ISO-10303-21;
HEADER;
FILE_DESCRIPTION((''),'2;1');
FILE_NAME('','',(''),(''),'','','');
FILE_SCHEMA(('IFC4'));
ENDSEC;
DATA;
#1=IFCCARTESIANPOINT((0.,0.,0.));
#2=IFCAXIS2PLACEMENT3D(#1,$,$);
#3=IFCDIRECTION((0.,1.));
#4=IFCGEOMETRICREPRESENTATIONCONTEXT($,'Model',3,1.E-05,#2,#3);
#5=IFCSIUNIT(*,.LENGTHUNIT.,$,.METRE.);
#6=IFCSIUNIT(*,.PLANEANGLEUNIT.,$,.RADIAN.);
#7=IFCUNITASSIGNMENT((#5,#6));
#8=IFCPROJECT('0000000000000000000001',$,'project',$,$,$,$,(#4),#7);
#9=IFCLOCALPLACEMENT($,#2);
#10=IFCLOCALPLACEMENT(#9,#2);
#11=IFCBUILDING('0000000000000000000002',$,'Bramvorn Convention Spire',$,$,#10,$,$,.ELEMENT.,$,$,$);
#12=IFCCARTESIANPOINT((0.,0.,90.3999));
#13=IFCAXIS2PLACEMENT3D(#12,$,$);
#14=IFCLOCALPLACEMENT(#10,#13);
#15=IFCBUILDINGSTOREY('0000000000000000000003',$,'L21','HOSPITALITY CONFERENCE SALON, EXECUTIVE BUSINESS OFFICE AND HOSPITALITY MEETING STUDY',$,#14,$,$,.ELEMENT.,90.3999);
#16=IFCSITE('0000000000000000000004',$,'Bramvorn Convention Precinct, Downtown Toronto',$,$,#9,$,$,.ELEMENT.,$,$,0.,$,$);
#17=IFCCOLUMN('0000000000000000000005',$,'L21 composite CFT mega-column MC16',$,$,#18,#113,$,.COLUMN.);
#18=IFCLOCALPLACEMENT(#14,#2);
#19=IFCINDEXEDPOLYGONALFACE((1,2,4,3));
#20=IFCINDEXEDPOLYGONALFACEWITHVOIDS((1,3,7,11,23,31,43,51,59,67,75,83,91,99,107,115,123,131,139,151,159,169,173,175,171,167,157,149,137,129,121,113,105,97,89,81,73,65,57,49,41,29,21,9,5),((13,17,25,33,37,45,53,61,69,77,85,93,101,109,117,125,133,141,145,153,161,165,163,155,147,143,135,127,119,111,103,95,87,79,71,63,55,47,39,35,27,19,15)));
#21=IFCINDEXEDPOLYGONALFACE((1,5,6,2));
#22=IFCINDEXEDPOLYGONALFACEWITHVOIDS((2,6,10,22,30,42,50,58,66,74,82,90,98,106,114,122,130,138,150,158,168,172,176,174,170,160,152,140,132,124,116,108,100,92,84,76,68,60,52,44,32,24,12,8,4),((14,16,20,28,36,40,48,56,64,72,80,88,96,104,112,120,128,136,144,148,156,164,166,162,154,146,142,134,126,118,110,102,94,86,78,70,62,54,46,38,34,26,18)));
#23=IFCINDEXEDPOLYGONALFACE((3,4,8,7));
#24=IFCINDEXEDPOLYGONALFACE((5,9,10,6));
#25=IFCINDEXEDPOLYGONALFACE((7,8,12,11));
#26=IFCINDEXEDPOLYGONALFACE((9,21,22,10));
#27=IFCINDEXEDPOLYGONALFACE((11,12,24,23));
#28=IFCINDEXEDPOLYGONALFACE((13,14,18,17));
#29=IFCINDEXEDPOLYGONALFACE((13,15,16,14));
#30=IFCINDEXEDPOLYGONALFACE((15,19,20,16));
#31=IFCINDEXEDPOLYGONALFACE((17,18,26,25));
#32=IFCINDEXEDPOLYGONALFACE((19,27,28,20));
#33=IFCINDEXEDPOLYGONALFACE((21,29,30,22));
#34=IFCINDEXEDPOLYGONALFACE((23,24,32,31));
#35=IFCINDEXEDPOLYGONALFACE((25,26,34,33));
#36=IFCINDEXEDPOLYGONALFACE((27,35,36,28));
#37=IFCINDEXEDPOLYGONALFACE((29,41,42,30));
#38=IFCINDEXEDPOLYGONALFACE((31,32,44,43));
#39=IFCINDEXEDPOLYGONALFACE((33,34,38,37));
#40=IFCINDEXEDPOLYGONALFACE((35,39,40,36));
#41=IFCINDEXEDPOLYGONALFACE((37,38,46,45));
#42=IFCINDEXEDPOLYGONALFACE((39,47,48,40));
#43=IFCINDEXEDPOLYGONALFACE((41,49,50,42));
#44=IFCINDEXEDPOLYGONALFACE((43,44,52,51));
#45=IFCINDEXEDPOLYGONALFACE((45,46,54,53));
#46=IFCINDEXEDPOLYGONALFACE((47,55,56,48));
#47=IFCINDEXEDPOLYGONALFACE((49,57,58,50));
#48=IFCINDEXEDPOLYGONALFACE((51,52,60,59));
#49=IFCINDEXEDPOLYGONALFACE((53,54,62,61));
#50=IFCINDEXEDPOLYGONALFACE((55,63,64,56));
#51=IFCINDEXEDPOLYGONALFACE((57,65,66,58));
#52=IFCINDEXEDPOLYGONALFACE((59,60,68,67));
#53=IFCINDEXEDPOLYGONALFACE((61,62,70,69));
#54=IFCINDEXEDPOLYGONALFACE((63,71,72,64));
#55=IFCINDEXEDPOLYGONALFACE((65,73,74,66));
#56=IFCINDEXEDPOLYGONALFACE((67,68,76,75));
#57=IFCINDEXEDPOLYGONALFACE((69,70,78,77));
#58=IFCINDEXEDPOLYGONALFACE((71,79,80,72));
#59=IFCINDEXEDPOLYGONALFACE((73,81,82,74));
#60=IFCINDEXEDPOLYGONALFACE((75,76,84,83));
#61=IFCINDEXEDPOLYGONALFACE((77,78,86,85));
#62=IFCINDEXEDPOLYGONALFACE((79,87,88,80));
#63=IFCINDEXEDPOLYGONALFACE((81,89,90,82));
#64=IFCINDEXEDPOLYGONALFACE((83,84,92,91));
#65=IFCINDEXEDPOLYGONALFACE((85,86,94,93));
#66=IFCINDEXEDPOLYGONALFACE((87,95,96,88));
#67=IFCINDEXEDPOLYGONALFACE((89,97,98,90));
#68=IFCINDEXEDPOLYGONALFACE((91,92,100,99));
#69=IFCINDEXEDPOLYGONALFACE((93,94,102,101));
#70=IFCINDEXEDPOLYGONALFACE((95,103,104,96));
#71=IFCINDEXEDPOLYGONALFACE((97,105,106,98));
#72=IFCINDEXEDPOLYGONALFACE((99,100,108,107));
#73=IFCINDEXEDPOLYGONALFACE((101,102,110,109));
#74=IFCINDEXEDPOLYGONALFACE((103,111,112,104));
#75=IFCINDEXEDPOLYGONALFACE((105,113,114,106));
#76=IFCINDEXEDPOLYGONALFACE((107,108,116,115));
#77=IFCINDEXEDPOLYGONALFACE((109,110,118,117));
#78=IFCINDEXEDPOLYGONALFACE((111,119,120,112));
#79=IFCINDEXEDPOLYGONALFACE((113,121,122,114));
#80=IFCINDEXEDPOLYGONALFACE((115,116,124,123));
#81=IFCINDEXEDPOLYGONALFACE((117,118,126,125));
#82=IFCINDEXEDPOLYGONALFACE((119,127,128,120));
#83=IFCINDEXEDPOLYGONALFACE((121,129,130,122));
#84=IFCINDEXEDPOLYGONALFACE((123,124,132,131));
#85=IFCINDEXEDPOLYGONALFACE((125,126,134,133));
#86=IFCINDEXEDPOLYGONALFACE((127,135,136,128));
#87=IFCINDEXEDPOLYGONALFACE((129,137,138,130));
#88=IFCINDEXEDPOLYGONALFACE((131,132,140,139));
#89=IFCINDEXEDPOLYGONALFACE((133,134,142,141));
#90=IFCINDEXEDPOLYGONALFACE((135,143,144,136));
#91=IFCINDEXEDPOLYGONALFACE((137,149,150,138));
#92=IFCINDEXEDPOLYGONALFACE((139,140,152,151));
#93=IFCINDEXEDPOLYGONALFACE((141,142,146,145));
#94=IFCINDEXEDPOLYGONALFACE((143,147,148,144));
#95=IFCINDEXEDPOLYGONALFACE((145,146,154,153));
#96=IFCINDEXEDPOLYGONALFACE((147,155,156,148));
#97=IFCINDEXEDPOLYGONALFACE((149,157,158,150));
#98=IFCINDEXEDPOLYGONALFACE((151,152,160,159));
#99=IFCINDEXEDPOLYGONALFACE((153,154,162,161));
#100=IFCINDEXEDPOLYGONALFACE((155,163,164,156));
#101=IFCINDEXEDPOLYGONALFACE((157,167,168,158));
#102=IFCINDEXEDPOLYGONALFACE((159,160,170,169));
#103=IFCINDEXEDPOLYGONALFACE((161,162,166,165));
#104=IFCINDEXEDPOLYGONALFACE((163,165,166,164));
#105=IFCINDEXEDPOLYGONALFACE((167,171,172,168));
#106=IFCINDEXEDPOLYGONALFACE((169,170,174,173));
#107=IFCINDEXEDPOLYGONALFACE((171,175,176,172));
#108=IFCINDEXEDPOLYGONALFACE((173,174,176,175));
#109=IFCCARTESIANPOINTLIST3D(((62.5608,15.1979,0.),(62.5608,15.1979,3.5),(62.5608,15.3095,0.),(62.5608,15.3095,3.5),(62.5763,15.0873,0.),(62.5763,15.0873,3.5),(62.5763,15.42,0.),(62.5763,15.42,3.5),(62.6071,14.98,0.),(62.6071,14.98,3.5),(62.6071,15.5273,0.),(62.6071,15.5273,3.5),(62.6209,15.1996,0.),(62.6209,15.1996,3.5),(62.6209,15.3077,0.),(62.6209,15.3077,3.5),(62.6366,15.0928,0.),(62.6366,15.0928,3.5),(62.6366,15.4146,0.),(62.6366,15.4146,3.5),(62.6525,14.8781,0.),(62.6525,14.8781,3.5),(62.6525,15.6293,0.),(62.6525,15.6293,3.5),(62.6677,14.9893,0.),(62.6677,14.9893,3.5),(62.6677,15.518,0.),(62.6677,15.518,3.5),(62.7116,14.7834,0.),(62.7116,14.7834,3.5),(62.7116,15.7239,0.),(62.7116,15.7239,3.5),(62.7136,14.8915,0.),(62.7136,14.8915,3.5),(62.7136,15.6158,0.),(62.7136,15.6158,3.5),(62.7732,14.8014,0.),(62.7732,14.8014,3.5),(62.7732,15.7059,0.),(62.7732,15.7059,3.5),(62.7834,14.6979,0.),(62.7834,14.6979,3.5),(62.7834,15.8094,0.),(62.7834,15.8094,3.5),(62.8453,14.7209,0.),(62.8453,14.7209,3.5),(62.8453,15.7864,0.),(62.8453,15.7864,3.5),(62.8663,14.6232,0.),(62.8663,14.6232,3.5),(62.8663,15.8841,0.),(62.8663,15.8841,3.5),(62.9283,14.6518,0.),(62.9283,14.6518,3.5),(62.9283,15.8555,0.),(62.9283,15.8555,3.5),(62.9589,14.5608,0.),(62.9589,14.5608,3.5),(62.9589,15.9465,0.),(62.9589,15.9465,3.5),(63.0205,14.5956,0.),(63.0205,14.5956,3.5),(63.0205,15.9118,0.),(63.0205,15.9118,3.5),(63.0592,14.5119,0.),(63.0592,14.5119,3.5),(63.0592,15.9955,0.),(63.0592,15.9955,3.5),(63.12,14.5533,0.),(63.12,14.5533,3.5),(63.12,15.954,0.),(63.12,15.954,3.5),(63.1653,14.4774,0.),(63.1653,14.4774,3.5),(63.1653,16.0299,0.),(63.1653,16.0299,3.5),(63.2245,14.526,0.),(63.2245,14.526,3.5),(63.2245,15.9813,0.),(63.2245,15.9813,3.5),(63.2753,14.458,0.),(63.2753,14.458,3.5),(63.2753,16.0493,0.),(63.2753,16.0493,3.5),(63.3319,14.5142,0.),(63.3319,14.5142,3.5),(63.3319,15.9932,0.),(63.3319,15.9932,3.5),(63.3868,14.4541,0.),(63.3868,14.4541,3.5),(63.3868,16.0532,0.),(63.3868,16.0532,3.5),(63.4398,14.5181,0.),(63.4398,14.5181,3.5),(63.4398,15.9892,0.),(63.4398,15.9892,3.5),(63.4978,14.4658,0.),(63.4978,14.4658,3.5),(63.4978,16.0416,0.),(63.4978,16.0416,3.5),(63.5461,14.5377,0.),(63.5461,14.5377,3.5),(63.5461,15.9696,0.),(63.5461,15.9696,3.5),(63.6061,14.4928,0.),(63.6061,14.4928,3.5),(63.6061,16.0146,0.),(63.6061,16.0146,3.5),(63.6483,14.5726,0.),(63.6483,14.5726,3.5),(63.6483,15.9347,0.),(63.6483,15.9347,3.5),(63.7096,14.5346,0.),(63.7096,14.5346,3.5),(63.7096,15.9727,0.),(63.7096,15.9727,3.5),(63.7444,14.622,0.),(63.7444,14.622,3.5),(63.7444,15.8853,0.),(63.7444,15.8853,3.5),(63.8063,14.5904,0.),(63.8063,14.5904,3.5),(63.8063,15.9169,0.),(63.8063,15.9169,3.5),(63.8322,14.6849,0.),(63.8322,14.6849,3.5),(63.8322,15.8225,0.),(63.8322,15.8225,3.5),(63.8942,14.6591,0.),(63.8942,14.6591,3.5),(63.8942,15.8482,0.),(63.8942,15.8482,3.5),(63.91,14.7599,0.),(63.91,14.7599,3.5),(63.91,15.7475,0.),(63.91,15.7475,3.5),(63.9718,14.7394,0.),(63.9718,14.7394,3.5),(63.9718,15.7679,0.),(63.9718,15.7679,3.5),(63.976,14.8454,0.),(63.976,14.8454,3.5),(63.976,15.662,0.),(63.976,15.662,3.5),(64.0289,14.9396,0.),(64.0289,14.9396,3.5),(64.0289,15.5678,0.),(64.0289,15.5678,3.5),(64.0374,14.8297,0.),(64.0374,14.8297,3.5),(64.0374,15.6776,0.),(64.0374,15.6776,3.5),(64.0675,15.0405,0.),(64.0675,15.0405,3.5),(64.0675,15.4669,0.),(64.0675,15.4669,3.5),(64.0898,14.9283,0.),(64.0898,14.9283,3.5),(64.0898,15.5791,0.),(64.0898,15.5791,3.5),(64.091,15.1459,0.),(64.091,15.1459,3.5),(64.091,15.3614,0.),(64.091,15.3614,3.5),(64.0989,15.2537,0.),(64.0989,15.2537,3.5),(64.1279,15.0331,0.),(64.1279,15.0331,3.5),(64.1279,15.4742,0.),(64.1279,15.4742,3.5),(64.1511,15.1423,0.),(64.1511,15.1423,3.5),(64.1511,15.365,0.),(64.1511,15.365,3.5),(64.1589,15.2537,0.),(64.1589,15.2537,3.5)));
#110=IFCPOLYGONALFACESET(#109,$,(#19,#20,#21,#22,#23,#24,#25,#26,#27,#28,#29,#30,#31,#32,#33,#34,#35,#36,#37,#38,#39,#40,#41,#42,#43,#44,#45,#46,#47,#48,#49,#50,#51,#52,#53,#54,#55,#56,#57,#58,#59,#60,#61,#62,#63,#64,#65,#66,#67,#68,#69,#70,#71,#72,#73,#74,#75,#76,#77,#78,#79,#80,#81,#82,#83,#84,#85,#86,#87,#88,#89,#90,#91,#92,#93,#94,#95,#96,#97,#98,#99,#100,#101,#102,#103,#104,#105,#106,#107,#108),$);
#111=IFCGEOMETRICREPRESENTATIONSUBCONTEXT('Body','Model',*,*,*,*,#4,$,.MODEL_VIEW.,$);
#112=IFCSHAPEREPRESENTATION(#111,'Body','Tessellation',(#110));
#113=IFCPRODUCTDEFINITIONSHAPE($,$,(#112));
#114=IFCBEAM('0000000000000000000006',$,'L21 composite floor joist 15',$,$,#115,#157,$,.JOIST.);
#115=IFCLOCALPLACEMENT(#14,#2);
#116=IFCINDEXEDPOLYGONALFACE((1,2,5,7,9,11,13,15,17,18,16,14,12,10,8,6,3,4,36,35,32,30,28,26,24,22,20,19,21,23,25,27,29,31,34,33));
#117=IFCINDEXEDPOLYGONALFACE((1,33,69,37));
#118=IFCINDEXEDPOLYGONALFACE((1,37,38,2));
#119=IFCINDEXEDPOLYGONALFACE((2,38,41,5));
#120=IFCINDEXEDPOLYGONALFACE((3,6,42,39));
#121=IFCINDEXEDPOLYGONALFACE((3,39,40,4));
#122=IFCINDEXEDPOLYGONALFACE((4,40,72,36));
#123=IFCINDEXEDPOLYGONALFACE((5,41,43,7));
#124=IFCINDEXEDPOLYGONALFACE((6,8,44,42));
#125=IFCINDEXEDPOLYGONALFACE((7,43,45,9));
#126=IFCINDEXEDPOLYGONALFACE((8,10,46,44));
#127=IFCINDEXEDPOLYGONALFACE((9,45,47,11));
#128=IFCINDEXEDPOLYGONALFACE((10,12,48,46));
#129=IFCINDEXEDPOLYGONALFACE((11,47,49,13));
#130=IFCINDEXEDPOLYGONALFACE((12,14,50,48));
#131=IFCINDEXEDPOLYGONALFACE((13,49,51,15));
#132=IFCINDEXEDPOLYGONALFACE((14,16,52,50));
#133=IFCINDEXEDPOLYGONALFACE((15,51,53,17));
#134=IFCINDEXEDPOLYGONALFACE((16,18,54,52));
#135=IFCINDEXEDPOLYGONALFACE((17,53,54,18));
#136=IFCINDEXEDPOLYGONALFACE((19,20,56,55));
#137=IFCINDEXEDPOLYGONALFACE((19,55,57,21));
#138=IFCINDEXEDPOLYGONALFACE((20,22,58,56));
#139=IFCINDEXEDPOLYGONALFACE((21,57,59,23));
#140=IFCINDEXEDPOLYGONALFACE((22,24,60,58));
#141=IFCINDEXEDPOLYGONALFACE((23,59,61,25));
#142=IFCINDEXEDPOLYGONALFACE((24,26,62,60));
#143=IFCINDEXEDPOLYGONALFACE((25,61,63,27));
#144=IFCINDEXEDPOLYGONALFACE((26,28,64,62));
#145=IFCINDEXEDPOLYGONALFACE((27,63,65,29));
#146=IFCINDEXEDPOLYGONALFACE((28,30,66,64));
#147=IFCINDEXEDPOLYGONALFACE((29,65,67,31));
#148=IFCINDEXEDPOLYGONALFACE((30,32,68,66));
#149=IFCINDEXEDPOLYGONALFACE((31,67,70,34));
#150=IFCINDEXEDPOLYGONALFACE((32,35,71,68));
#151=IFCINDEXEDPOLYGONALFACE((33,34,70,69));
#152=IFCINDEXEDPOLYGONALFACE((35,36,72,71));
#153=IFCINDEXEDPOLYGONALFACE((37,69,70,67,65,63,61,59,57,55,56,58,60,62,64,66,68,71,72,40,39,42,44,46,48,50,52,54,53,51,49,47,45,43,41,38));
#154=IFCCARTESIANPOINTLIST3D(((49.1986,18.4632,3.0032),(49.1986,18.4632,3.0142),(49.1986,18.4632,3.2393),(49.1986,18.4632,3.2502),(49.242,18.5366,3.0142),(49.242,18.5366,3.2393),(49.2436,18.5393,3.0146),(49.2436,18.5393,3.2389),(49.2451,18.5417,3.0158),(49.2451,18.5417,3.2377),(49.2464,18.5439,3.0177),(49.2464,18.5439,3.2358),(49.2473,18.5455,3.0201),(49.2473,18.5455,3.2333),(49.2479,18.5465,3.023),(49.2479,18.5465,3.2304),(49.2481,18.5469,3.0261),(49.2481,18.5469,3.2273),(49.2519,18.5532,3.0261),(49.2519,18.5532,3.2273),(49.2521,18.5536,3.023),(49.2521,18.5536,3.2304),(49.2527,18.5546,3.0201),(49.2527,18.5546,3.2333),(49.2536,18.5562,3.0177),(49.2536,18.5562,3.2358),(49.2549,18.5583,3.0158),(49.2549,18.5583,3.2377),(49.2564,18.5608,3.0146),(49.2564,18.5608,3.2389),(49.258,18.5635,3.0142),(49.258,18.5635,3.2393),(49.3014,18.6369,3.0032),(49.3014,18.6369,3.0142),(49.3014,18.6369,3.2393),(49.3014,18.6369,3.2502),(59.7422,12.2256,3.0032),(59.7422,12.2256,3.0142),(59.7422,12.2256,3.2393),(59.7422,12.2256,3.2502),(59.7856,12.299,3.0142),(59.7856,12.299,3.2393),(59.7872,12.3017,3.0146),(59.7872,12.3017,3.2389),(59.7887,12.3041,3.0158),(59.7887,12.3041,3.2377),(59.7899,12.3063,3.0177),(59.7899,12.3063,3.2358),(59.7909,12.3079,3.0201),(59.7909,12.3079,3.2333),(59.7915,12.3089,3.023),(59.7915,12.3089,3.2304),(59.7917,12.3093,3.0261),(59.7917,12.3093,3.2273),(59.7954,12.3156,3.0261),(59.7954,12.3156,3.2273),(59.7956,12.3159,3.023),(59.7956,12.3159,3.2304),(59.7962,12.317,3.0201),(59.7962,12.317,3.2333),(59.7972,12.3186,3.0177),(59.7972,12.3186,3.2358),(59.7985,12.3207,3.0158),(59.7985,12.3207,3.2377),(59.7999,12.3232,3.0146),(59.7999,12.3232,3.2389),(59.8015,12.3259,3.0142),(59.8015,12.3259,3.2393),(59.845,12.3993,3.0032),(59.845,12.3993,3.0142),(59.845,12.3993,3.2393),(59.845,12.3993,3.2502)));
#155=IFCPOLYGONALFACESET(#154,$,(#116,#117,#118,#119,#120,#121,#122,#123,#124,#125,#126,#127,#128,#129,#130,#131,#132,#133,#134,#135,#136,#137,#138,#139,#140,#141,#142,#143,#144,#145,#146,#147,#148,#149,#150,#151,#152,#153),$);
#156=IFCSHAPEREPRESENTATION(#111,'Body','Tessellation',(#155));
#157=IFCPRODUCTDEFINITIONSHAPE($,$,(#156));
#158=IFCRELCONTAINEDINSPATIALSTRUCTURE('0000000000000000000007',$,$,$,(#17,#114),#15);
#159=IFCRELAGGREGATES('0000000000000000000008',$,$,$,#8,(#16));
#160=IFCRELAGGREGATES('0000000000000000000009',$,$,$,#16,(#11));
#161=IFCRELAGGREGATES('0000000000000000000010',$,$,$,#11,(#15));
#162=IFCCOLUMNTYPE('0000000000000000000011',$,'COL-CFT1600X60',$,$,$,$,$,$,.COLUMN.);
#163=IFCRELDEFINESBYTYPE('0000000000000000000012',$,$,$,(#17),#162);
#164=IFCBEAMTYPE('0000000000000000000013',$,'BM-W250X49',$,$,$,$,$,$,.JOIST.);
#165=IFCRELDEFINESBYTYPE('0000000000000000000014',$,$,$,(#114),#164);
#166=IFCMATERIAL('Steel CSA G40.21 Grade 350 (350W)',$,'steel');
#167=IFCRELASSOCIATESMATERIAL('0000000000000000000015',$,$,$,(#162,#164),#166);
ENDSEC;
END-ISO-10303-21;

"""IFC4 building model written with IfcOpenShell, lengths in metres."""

from ifc_helpers import new_model, si_unit, direction, frame, origin, origin_2d, place, context, subcontext, project, spatial, hollow_circle, i_section, extrude, material, material_profile, profile_set, type_object, element, save


model = new_model("IFC4")

# Units and contexts
model_context = context("Model", 3, precision=1e-05, world=origin(), true_north=direction((0.0, 1.0)))
body_context = subcontext(model_context, "Body", "Model", "MODEL_VIEW")
ifc_project = project(units=[si_unit("LENGTHUNIT", "METRE"), si_unit("PLANEANGLEUNIT", "RADIAN")], contexts=[model_context])

# Site, building, storey
site_placement = place(None, origin())
site = spatial("IfcSite", under=ifc_project, at=site_placement, Name="Bramvorn Convention Precinct, Downtown Toronto", CompositionType="ELEMENT", RefElevation=0.0)
building_placement = place(site_placement, origin())
building = spatial("IfcBuilding", under=site, at=building_placement, Name="Bramvorn Convention Spire", CompositionType="ELEMENT")
storey_placement = place(building_placement, frame((0.0, 0.0, 90.3999)))
storey = spatial("IfcBuildingStorey", under=building, at=storey_placement, Name="L21", Description="HOSPITALITY CONFERENCE SALON, EXECUTIVE BUSINESS OFFICE AND HOSPITALITY MEETING STUDY", CompositionType="ELEMENT", Elevation=90.3999)

# Column
ifc_material_1 = material(Name="Steel CSA G40.21 Grade 350 (350W)", Category="steel")
ifc_material_profile_1 = material_profile(ifc_material_1, hollow_circle(Radius=0.8, WallThickness=0.0601, at=origin_2d()))
ifc_profile_set_1 = profile_set([ifc_material_profile_1], Name="Steel CSA G40.21 Grade 350 (350W) - CFT1600X60")
column_type = type_object("IfcColumnType", Name="COL-CFT1600X60", PredefinedType="COLUMN", material=ifc_profile_set_1)
for number, where, z_axis, x_axis, name in (
    (1, (63.3589, 15.2537, 0.0), (0.0, 0.0, 1.0), (1.0, 0.0, 0.0), "L21 composite CFT mega-column MC16"),
):
    element("IfcColumn", number, at=place(storey_placement, frame(where, z_axis=z_axis, x_axis=x_axis)), inside=storey, type_object=column_type, Name=name, PredefinedType="COLUMN", context=body_context, shape_type="SweptSolid", body=[
        extrude(hollow_circle(Radius=0.8, WallThickness=0.0601, at=origin_2d()), origin(), (0.0, 0.0, 1.0), 3.5),
    ])

# Beam
ifc_material_profile_2 = material_profile(ifc_material_1, i_section(OverallWidth=0.2019, OverallDepth=0.2471, WebThickness=0.0073, FlangeThickness=0.011, FilletRadius=0.012, at=origin_2d()))
ifc_profile_set_2 = profile_set([ifc_material_profile_2], Name="Steel CSA G40.21 Grade 350 (350W) - W250X49")
beam_type_1 = type_object("IfcBeamType", Name="BM-W250X49", PredefinedType="JOIST", material=ifc_profile_set_2)
beam_1_placement = place(storey_placement, frame((49.25, 18.55, 3.1267), z_axis=(0.860665, -0.509172, 0.0), x_axis=(0.509172, 0.860665, 0.0)))
element("IfcBeam", 2, at=beam_1_placement, inside=storey, type_object=beam_type_1, Name="L21 composite floor joist 15", PredefinedType="JOIST", context=body_context, shape_type="SweptSolid", body=[
    extrude(i_section(OverallWidth=0.2019, OverallDepth=0.2471, WebThickness=0.0073, FlangeThickness=0.011, FilletRadius=0.012, at=origin_2d()), origin(), (0.0, 0.0, 1.0), 12.2505),
])

save(model, "model.ifc")
